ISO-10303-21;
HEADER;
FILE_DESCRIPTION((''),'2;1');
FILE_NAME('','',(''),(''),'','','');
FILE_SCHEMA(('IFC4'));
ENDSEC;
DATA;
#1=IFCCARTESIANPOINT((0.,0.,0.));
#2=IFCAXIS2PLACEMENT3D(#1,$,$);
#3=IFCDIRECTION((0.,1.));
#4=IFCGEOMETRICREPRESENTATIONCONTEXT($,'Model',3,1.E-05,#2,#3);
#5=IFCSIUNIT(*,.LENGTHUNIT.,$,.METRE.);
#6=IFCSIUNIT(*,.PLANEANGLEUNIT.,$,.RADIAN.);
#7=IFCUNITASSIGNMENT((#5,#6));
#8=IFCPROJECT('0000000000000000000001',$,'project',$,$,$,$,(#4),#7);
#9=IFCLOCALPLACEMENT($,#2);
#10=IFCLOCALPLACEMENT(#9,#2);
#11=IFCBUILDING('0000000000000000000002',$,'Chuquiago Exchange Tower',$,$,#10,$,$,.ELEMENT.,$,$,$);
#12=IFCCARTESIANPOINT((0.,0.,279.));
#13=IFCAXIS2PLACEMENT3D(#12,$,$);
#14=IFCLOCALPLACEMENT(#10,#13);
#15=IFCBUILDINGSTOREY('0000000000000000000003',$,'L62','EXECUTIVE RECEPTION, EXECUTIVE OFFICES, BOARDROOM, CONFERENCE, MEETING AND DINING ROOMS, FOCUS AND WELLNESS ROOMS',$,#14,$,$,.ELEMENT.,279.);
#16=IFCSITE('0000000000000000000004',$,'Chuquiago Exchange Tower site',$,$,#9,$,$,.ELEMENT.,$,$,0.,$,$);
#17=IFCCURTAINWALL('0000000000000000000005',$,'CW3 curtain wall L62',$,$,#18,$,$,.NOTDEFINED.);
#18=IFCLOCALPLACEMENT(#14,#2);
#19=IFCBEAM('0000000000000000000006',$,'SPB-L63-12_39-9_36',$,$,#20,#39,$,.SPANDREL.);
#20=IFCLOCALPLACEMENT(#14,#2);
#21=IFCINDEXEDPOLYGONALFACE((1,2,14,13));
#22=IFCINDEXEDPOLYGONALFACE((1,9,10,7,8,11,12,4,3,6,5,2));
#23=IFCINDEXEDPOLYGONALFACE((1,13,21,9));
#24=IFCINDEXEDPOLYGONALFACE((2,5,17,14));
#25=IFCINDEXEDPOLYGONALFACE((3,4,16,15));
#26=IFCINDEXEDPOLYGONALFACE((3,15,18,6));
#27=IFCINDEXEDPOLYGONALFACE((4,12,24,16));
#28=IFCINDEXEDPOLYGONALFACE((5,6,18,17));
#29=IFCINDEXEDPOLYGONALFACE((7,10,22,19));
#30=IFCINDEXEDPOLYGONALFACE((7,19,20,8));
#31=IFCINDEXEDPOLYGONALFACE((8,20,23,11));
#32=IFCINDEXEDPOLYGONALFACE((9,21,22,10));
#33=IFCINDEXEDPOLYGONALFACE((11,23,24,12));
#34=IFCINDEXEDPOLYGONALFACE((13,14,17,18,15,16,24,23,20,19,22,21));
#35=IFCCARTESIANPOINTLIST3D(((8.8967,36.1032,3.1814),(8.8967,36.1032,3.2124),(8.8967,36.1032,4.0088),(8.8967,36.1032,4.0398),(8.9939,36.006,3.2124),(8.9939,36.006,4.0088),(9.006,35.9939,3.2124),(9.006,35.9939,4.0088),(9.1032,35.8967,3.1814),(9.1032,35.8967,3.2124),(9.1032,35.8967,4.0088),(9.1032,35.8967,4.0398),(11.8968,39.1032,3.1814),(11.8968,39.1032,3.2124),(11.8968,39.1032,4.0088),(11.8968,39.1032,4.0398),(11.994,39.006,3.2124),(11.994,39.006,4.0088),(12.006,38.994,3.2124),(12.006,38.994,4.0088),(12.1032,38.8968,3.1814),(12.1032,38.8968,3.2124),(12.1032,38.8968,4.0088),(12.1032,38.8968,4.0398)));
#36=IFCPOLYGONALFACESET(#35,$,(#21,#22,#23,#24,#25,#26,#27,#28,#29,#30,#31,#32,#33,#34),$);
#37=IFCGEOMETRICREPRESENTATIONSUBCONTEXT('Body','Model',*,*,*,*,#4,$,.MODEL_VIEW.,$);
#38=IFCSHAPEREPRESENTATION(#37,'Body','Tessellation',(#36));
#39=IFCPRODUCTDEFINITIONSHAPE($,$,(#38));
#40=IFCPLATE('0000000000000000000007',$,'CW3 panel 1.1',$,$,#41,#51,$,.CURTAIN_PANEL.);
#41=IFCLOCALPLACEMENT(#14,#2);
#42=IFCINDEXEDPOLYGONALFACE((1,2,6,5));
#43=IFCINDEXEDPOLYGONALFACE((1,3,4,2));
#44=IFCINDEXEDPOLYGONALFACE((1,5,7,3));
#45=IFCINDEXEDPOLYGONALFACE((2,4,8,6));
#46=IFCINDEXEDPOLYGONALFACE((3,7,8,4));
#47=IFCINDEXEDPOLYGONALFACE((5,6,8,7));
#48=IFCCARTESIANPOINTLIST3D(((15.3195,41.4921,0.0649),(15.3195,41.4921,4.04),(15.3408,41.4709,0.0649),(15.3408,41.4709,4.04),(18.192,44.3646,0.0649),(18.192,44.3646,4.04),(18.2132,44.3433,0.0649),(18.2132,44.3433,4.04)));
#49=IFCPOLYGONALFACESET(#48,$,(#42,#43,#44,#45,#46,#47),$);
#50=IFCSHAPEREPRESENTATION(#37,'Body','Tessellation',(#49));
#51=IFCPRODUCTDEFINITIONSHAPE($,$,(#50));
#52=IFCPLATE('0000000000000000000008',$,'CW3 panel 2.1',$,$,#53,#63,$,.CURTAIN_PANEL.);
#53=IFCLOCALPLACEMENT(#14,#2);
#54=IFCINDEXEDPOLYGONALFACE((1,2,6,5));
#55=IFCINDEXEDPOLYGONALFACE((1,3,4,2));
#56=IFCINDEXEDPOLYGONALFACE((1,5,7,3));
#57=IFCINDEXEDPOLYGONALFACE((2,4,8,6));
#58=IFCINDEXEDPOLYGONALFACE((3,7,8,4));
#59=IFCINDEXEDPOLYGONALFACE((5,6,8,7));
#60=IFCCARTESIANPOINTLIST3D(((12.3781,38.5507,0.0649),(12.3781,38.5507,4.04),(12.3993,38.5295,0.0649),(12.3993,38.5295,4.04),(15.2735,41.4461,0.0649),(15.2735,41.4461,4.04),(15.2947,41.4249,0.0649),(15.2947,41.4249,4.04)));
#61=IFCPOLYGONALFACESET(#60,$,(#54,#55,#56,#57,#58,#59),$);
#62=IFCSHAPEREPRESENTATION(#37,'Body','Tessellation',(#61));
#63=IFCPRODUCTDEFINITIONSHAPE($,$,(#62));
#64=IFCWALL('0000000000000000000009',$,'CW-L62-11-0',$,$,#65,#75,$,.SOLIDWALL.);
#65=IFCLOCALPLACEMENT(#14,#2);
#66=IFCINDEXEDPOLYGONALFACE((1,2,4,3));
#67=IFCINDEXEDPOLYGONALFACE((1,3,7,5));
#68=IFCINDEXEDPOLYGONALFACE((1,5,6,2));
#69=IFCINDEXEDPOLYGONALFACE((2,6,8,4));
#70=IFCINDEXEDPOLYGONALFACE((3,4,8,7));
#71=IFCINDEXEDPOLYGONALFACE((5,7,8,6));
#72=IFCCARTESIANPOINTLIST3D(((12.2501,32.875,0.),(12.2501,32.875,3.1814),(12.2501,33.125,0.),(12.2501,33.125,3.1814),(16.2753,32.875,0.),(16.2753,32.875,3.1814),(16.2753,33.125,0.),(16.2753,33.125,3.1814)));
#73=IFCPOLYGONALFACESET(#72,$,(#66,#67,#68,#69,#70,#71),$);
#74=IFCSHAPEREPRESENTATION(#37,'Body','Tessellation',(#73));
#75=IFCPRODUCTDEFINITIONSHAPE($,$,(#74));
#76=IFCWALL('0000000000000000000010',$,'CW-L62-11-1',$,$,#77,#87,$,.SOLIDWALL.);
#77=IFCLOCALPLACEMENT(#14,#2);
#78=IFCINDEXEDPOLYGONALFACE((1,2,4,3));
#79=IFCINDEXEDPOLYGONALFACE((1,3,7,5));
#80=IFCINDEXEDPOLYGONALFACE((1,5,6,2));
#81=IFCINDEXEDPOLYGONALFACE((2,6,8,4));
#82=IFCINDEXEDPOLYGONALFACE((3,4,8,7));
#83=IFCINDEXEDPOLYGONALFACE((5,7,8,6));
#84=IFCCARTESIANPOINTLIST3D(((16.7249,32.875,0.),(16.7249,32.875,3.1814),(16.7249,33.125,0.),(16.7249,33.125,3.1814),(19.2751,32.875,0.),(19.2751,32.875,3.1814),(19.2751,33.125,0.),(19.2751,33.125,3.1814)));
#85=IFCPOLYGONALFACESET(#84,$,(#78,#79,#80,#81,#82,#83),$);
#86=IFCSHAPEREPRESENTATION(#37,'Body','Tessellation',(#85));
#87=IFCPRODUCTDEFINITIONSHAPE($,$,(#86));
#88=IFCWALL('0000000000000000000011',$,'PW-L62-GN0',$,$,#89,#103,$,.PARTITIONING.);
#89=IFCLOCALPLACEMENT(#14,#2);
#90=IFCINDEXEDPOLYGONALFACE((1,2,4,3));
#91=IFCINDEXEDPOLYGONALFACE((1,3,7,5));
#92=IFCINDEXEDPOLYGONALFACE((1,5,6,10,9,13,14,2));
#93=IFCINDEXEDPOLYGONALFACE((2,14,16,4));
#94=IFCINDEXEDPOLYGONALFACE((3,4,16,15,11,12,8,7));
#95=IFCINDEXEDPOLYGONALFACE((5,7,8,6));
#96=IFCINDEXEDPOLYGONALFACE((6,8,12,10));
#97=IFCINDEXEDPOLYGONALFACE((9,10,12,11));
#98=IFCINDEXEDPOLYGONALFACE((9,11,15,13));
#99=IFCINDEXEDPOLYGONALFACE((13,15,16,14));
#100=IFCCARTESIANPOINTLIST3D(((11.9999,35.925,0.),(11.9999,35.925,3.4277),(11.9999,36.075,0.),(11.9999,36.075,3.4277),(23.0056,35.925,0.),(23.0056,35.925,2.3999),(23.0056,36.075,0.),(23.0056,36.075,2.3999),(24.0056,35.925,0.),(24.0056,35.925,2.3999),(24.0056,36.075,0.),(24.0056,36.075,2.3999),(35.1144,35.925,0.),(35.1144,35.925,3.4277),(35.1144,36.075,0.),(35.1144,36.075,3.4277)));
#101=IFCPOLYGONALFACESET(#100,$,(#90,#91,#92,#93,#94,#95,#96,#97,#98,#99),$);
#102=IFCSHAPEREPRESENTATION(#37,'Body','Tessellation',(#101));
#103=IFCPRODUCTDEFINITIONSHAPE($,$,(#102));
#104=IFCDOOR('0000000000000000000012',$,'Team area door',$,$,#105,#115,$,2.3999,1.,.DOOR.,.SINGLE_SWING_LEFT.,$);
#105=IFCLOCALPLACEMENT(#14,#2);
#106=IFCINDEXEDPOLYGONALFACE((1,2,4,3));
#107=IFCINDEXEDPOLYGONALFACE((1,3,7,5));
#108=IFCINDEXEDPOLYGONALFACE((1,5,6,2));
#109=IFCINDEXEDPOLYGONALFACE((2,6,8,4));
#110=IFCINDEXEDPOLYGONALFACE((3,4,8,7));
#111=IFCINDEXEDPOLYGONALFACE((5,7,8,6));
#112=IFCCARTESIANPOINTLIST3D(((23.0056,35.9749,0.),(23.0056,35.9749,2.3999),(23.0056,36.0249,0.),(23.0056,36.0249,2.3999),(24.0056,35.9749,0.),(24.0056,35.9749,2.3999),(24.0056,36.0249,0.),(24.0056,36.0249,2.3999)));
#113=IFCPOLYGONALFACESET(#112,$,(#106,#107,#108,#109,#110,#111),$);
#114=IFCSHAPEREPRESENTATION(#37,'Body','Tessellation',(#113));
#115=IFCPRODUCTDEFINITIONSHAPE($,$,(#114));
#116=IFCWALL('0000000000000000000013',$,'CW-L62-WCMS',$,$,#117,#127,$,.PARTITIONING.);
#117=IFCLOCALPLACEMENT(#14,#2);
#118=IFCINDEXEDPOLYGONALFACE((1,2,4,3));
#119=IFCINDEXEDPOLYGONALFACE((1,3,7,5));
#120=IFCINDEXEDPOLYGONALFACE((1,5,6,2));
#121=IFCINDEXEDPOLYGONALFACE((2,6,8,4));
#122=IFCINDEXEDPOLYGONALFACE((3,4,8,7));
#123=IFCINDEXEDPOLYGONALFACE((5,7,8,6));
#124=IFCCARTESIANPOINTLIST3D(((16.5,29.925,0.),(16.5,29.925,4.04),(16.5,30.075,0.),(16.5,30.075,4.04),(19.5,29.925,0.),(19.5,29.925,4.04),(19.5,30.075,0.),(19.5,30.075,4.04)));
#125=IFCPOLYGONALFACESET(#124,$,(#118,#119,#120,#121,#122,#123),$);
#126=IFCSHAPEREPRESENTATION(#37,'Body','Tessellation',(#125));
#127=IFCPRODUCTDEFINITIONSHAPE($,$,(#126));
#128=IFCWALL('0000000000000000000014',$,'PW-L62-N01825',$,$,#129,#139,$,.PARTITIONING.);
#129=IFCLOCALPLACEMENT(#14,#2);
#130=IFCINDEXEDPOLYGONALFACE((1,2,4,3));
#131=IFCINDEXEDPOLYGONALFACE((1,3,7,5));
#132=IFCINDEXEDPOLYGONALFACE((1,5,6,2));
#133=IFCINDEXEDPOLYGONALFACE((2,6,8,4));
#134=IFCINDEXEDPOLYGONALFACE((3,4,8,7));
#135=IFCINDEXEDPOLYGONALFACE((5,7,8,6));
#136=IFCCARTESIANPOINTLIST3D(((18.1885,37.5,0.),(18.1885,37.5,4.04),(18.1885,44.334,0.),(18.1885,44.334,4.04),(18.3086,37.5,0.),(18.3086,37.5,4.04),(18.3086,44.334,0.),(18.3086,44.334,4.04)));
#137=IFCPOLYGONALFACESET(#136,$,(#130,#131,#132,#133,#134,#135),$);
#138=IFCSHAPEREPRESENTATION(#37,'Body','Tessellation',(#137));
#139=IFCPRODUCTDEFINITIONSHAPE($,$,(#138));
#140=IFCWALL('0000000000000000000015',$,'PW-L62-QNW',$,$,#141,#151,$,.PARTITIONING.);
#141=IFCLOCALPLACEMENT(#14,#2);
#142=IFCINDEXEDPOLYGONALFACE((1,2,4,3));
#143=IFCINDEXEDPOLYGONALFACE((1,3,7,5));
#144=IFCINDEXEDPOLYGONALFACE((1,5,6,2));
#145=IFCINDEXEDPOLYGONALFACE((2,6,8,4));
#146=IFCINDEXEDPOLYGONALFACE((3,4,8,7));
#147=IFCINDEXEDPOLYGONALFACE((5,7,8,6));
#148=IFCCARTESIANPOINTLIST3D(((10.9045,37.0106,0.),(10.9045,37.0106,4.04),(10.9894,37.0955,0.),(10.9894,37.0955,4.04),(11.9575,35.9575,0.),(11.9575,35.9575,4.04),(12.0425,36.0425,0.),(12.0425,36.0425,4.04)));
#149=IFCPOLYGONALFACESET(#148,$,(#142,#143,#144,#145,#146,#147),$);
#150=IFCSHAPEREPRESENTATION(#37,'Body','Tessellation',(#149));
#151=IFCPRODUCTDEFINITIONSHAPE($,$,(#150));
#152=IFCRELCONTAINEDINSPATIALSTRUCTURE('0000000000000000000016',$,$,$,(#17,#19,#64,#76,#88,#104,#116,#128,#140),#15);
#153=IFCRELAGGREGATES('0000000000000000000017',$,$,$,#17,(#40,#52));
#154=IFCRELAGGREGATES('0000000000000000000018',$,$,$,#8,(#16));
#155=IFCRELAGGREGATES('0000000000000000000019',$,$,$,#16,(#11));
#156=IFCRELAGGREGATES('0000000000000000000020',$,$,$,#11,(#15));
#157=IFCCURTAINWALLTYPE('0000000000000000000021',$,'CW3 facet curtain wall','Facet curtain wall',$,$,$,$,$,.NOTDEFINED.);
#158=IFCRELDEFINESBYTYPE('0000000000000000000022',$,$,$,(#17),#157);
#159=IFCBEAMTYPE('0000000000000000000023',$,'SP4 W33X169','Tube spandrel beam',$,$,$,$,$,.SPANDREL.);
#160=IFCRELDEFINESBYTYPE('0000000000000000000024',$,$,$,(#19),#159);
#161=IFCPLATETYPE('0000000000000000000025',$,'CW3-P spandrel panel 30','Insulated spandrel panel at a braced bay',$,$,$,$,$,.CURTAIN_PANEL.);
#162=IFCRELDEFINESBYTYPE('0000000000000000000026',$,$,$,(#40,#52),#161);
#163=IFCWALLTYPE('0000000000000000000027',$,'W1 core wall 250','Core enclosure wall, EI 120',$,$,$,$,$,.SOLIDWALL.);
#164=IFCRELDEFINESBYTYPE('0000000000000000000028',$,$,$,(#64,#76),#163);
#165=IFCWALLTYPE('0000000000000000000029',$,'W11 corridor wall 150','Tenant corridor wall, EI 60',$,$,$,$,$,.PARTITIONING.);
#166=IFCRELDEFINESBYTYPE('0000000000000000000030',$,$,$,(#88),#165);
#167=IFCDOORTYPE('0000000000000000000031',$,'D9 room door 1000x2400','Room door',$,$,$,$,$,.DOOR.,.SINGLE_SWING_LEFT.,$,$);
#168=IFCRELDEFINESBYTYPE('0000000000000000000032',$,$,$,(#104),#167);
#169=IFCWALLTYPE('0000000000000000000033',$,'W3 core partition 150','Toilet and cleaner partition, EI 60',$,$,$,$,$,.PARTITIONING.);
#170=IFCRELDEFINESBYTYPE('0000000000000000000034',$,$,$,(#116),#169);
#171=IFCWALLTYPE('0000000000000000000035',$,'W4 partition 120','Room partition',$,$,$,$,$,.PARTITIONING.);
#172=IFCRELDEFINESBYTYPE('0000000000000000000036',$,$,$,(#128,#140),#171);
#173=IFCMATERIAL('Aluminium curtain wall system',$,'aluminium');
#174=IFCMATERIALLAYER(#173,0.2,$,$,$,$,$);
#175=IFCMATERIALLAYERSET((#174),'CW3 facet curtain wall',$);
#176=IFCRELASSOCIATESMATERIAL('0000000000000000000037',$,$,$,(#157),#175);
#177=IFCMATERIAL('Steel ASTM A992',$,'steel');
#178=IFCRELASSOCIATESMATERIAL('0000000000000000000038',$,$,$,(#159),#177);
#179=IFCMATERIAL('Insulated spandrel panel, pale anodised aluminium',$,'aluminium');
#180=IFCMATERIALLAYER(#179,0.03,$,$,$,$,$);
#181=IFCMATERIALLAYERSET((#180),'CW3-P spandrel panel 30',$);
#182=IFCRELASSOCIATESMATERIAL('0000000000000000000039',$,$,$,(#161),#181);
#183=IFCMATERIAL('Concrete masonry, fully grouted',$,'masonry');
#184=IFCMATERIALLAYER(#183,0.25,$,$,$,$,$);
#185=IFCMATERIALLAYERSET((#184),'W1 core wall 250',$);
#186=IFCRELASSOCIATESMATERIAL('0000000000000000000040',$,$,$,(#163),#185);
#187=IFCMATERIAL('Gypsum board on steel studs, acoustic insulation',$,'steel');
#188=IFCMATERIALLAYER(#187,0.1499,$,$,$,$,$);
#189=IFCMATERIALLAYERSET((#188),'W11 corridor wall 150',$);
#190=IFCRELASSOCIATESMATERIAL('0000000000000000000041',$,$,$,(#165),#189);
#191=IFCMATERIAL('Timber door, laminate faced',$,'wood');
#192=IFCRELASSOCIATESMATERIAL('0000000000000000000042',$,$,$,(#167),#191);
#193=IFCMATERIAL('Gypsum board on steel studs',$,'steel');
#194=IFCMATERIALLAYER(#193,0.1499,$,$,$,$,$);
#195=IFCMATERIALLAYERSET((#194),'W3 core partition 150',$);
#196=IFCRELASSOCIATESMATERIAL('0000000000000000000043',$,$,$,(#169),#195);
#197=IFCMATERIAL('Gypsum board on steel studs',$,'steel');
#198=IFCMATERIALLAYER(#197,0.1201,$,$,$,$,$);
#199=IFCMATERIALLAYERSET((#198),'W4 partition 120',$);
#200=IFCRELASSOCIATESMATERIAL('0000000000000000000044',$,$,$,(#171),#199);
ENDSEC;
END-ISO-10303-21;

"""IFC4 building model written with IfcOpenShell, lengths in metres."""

from ifc_helpers import new_model, si_unit, direction, frame, frame_2d, origin, origin_2d, place, context, subcontext, project, spatial, rectangle, i_section, extrude, material, layer, layer_set, material_profile, profile_set, type_object, element, fill, aggregate, save


model = new_model("IFC4")

# Units and contexts
model_context = context("Model", 3, precision=1e-05, world=origin(), true_north=direction((0.0, 1.0)))
body_context = subcontext(model_context, "Body", "Model", "MODEL_VIEW")
ifc_project = project(units=[si_unit("LENGTHUNIT", "METRE"), si_unit("PLANEANGLEUNIT", "RADIAN")], contexts=[model_context])

# Site, building, storey
site_placement = place(None, origin())
site = spatial("IfcSite", under=ifc_project, at=site_placement, Name="Chuquiago Exchange Tower site", CompositionType="ELEMENT", RefElevation=0.0)
building_placement = place(site_placement, origin())
building = spatial("IfcBuilding", under=site, at=building_placement, Name="Chuquiago Exchange Tower", CompositionType="ELEMENT")
storey_placement = place(building_placement, frame((0.0, 0.0, 279.0)))
storey = spatial("IfcBuildingStorey", under=building, at=storey_placement, Name="L62", Description="EXECUTIVE RECEPTION, EXECUTIVE OFFICES, BOARDROOM, CONFERENCE, MEETING AND DINING ROOMS, FOCUS AND WELLNESS ROOMS", CompositionType="ELEMENT", Elevation=279.0)

# Curtain wall
ifc_material_1 = material(Name="Aluminium curtain wall system", Category="aluminium")
ifc_layer_1 = layer(ifc_material_1, 0.2)
ifc_layer_set_1 = layer_set([ifc_layer_1], Name="CW3 facet curtain wall")
curtain_wall_type_1 = type_object("IfcCurtainWallType", Name="CW3 facet curtain wall", Description="Facet curtain wall", PredefinedType="NOTDEFINED", material=ifc_layer_set_1)
curtain_wall_1_placement = place(storey_placement, origin())
curtain_wall_1 = element("IfcCurtainWall", 1, at=curtain_wall_1_placement, inside=storey, type_object=curtain_wall_type_1, Name="CW3 curtain wall L62", PredefinedType="NOTDEFINED")

# Beam
ifc_material_2 = material(Name="Steel ASTM A992", Category="steel")
ifc_material_profile_1 = material_profile(ifc_material_2, i_section(OverallWidth=0.292, OverallDepth=0.8584, WebThickness=0.0171, FlangeThickness=0.031, at=origin_2d()), Name="W33X169")
ifc_profile_set_1 = profile_set([ifc_material_profile_1], Name="Steel ASTM A992")
beam_type_1 = type_object("IfcBeamType", Name="SP4 W33X169", Description="Tube spandrel beam", PredefinedType="SPANDREL", material=ifc_profile_set_1)
for number, where, z_axis, x_axis, name in (
    (2, (12.0, 39.0, 3.6106), (-0.707107, -0.707107, 0.0), (0.707107, -0.707107, 0.0), "SPB-L63-12_39-9_36"),
):
    element("IfcBeam", number, at=place(storey_placement, frame(where, z_axis=z_axis, x_axis=x_axis)), inside=storey, type_object=beam_type_1, Name=name, PredefinedType="SPANDREL", context=body_context, shape_type="SweptSolid", body=[
        extrude(i_section(OverallWidth=0.292, OverallDepth=0.8584, WebThickness=0.0171, FlangeThickness=0.031, at=origin_2d()), origin(), (0.0, 0.0, 1.0), 4.2427),
    ])

# Plates
ifc_material_3 = material(Name="Insulated spandrel panel, pale anodised aluminium", Category="aluminium")
ifc_layer_2 = layer(ifc_material_3, 0.03)
ifc_layer_set_2 = layer_set([ifc_layer_2], Name="CW3-P spandrel panel 30")
plate_type = type_object("IfcPlateType", Name="CW3-P spandrel panel 30", Description="Insulated spandrel panel at a braced bay", PredefinedType="CURTAIN_PANEL", material=ifc_layer_set_2)
plate_1_placement = place(storey_placement, frame((16.7664, 42.9177, 0.0649), z_axis=(0.0, 0.0, 1.0), x_axis=(-0.707107, -0.707107, 0.0)))
plate_1 = element("IfcPlate", 3, at=plate_1_placement, type_object=plate_type, Name="CW3 panel 1.1", PredefinedType="CURTAIN_PANEL", context=body_context, shape_type="SweptSolid", body=[
    extrude(rectangle(XDim=4.0623, YDim=0.03, at=origin_2d()), origin(), (0.0, 0.0, 1.0), 3.9751),
])
plate_2_placement = place(storey_placement, frame((13.8364, 39.9878, 0.0649), z_axis=(0.0, 0.0, 1.0), x_axis=(-0.707107, -0.707107, 0.0)))
plate_2 = element("IfcPlate", 4, at=plate_2_placement, type_object=plate_type, Name="CW3 panel 2.1", PredefinedType="CURTAIN_PANEL", context=body_context, shape_type="SweptSolid", body=[
    extrude(rectangle(XDim=4.0947, YDim=0.03, at=origin_2d()), origin(), (0.0, 0.0, 1.0), 3.9751),
])
aggregate(curtain_wall_1, [plate_1, plate_2])

# Walls
ifc_material_4 = material(Name="Concrete masonry, fully grouted", Category="masonry")
ifc_layer_3 = layer(ifc_material_4, 0.25)
ifc_layer_set_3 = layer_set([ifc_layer_3], Name="W1 core wall 250")
wall_type_1 = type_object("IfcWallType", Name="W1 core wall 250", Description="Core enclosure wall, EI 120", PredefinedType="SOLIDWALL", material=ifc_layer_set_3)
wall_1_placement = place(storey_placement, frame((12.25, 33.0, 0.0), z_axis=(0.0, 0.0, 1.0), x_axis=(1.0, 0.0, 0.0)))
element("IfcWall", 5, at=wall_1_placement, inside=storey, type_object=wall_type_1, Name="CW-L62-11-0", PredefinedType="SOLIDWALL", context=body_context, shape_type="SweptSolid", body=[
    extrude(rectangle(XDim=4.0251, YDim=0.25, at=frame_2d((2.0127, 0.0))), origin(), (0.0, 0.0, 1.0), 3.1814),
])
wall_2_placement = place(storey_placement, frame((16.7249, 33.0, 0.0), z_axis=(0.0, 0.0, 1.0), x_axis=(1.0, 0.0, 0.0)))
element("IfcWall", 6, at=wall_2_placement, inside=storey, type_object=wall_type_1, Name="CW-L62-11-1", PredefinedType="SOLIDWALL", context=body_context, shape_type="SweptSolid", body=[
    extrude(rectangle(XDim=2.5503, YDim=0.25, at=frame_2d((1.2751, 0.0))), origin(), (0.0, 0.0, 1.0), 3.1814),
])

# Wall, opening, door
ifc_material_5 = material(Name="Gypsum board on steel studs, acoustic insulation", Category="steel")
ifc_layer_4 = layer(ifc_material_5, 0.1499)
ifc_layer_set_4 = layer_set([ifc_layer_4], Name="W11 corridor wall 150")
wall_type_2 = type_object("IfcWallType", Name="W11 corridor wall 150", Description="Tenant corridor wall, EI 60", PredefinedType="PARTITIONING", material=ifc_layer_set_4)
wall_3_placement = place(storey_placement, frame((12.0, 36.0, 0.0), z_axis=(0.0, 0.0, 1.0), x_axis=(1.0, 0.0, 0.0)))
wall_3 = element("IfcWall", 7, at=wall_3_placement, inside=storey, type_object=wall_type_2, Name="PW-L62-GN0", PredefinedType="PARTITIONING", context=body_context, shape_type="SweptSolid", body=[
    extrude(rectangle(XDim=23.1145, YDim=0.1499, at=frame_2d((11.5571, 0.0))), origin(), (0.0, 0.0, 1.0), 3.4277),
])
opening_1_placement = place(wall_3_placement, frame((11.0056, 0.0, 0.0)))
opening_1 = element("IfcOpeningElement", 8, at=opening_1_placement, cuts=wall_3, PredefinedType="OPENING", context=body_context, shape_type="SweptSolid", body=[
    extrude(rectangle(XDim=1.0, YDim=2.3999, at=frame_2d((0.5, 1.2))), frame((0.0, 0.085, 0.0), z_axis=(0.0, -1.0, 0.0), x_axis=(1.0, 0.0, 0.0)), (0.0, 0.0, 1.0), 0.1699),
])
ifc_material_6 = material(Name="Timber door, laminate faced", Category="wood")
door_type = type_object("IfcDoorType", Name="D9 room door 1000x2400", Description="Room door", OperationType="SINGLE_SWING_LEFT", PredefinedType="DOOR", material=ifc_material_6)
door_1_placement = place(opening_1_placement, origin())
door_1 = element("IfcDoor", 9, at=door_1_placement, inside=storey, type_object=door_type, Name="Team area door", OperationType="SINGLE_SWING_LEFT", OverallHeight=2.3999, OverallWidth=1.0, PredefinedType="DOOR", context=body_context, shape_type="SweptSolid", body=[
    extrude(rectangle(XDim=1.0, YDim=2.3999, at=frame_2d((0.5, 1.2))), frame((0.0, 0.0249, 0.0), z_axis=(0.0, -1.0, 0.0), x_axis=(1.0, 0.0, 0.0)), (0.0, 0.0, 1.0), 0.05),
])
fill(opening_1, door_1)

# Walls
ifc_material_7 = material(Name="Gypsum board on steel studs", Category="steel")
ifc_layer_5 = layer(ifc_material_7, 0.1499)
ifc_layer_set_5 = layer_set([ifc_layer_5], Name="W3 core partition 150")
wall_type_3 = type_object("IfcWallType", Name="W3 core partition 150", Description="Toilet and cleaner partition, EI 60", PredefinedType="PARTITIONING", material=ifc_layer_set_5)
wall_4_placement = place(storey_placement, frame((16.5, 30.0, 0.0), z_axis=(0.0, 0.0, 1.0), x_axis=(1.0, 0.0, 0.0)))
element("IfcWall", 10, at=wall_4_placement, inside=storey, type_object=wall_type_3, Name="CW-L62-WCMS", PredefinedType="PARTITIONING", context=body_context, shape_type="SweptSolid", body=[
    extrude(rectangle(XDim=3.0, YDim=0.1499, at=frame_2d((1.5, 0.0))), origin(), (0.0, 0.0, 1.0), 4.04),
])
ifc_material_8 = material(Name="Gypsum board on steel studs", Category="steel")
ifc_layer_6 = layer(ifc_material_8, 0.1201)
ifc_layer_set_6 = layer_set([ifc_layer_6], Name="W4 partition 120")
wall_type_4 = type_object("IfcWallType", Name="W4 partition 120", Description="Room partition", PredefinedType="PARTITIONING", material=ifc_layer_set_6)
wall_5_placement = place(storey_placement, frame((18.2485, 44.334, 0.0), z_axis=(0.0, 0.0, 1.0), x_axis=(0.0, -1.0, 0.0)))
element("IfcWall", 11, at=wall_5_placement, inside=storey, type_object=wall_type_4, Name="PW-L62-N01825", PredefinedType="PARTITIONING", context=body_context, shape_type="SweptSolid", body=[
    extrude(rectangle(XDim=6.834, YDim=0.1201, at=frame_2d((3.417, 0.0))), origin(), (0.0, 0.0, 1.0), 4.04),
])

# Wall
wall_6_placement = place(storey_placement, frame((12.0, 36.0, 0.0), z_axis=(0.0, 0.0, 1.0), x_axis=(-0.707107, 0.707107, 0.0)))
element("IfcWall", 12, at=wall_6_placement, inside=storey, type_object=wall_type_4, Name="PW-L62-QNW", PredefinedType="PARTITIONING", context=body_context, shape_type="SweptSolid", body=[
    extrude(rectangle(XDim=1.4893, YDim=0.1201, at=frame_2d((0.7446, 0.0))), origin(), (0.0, 0.0, 1.0), 4.04),
])

save(model, "model.ifc")
